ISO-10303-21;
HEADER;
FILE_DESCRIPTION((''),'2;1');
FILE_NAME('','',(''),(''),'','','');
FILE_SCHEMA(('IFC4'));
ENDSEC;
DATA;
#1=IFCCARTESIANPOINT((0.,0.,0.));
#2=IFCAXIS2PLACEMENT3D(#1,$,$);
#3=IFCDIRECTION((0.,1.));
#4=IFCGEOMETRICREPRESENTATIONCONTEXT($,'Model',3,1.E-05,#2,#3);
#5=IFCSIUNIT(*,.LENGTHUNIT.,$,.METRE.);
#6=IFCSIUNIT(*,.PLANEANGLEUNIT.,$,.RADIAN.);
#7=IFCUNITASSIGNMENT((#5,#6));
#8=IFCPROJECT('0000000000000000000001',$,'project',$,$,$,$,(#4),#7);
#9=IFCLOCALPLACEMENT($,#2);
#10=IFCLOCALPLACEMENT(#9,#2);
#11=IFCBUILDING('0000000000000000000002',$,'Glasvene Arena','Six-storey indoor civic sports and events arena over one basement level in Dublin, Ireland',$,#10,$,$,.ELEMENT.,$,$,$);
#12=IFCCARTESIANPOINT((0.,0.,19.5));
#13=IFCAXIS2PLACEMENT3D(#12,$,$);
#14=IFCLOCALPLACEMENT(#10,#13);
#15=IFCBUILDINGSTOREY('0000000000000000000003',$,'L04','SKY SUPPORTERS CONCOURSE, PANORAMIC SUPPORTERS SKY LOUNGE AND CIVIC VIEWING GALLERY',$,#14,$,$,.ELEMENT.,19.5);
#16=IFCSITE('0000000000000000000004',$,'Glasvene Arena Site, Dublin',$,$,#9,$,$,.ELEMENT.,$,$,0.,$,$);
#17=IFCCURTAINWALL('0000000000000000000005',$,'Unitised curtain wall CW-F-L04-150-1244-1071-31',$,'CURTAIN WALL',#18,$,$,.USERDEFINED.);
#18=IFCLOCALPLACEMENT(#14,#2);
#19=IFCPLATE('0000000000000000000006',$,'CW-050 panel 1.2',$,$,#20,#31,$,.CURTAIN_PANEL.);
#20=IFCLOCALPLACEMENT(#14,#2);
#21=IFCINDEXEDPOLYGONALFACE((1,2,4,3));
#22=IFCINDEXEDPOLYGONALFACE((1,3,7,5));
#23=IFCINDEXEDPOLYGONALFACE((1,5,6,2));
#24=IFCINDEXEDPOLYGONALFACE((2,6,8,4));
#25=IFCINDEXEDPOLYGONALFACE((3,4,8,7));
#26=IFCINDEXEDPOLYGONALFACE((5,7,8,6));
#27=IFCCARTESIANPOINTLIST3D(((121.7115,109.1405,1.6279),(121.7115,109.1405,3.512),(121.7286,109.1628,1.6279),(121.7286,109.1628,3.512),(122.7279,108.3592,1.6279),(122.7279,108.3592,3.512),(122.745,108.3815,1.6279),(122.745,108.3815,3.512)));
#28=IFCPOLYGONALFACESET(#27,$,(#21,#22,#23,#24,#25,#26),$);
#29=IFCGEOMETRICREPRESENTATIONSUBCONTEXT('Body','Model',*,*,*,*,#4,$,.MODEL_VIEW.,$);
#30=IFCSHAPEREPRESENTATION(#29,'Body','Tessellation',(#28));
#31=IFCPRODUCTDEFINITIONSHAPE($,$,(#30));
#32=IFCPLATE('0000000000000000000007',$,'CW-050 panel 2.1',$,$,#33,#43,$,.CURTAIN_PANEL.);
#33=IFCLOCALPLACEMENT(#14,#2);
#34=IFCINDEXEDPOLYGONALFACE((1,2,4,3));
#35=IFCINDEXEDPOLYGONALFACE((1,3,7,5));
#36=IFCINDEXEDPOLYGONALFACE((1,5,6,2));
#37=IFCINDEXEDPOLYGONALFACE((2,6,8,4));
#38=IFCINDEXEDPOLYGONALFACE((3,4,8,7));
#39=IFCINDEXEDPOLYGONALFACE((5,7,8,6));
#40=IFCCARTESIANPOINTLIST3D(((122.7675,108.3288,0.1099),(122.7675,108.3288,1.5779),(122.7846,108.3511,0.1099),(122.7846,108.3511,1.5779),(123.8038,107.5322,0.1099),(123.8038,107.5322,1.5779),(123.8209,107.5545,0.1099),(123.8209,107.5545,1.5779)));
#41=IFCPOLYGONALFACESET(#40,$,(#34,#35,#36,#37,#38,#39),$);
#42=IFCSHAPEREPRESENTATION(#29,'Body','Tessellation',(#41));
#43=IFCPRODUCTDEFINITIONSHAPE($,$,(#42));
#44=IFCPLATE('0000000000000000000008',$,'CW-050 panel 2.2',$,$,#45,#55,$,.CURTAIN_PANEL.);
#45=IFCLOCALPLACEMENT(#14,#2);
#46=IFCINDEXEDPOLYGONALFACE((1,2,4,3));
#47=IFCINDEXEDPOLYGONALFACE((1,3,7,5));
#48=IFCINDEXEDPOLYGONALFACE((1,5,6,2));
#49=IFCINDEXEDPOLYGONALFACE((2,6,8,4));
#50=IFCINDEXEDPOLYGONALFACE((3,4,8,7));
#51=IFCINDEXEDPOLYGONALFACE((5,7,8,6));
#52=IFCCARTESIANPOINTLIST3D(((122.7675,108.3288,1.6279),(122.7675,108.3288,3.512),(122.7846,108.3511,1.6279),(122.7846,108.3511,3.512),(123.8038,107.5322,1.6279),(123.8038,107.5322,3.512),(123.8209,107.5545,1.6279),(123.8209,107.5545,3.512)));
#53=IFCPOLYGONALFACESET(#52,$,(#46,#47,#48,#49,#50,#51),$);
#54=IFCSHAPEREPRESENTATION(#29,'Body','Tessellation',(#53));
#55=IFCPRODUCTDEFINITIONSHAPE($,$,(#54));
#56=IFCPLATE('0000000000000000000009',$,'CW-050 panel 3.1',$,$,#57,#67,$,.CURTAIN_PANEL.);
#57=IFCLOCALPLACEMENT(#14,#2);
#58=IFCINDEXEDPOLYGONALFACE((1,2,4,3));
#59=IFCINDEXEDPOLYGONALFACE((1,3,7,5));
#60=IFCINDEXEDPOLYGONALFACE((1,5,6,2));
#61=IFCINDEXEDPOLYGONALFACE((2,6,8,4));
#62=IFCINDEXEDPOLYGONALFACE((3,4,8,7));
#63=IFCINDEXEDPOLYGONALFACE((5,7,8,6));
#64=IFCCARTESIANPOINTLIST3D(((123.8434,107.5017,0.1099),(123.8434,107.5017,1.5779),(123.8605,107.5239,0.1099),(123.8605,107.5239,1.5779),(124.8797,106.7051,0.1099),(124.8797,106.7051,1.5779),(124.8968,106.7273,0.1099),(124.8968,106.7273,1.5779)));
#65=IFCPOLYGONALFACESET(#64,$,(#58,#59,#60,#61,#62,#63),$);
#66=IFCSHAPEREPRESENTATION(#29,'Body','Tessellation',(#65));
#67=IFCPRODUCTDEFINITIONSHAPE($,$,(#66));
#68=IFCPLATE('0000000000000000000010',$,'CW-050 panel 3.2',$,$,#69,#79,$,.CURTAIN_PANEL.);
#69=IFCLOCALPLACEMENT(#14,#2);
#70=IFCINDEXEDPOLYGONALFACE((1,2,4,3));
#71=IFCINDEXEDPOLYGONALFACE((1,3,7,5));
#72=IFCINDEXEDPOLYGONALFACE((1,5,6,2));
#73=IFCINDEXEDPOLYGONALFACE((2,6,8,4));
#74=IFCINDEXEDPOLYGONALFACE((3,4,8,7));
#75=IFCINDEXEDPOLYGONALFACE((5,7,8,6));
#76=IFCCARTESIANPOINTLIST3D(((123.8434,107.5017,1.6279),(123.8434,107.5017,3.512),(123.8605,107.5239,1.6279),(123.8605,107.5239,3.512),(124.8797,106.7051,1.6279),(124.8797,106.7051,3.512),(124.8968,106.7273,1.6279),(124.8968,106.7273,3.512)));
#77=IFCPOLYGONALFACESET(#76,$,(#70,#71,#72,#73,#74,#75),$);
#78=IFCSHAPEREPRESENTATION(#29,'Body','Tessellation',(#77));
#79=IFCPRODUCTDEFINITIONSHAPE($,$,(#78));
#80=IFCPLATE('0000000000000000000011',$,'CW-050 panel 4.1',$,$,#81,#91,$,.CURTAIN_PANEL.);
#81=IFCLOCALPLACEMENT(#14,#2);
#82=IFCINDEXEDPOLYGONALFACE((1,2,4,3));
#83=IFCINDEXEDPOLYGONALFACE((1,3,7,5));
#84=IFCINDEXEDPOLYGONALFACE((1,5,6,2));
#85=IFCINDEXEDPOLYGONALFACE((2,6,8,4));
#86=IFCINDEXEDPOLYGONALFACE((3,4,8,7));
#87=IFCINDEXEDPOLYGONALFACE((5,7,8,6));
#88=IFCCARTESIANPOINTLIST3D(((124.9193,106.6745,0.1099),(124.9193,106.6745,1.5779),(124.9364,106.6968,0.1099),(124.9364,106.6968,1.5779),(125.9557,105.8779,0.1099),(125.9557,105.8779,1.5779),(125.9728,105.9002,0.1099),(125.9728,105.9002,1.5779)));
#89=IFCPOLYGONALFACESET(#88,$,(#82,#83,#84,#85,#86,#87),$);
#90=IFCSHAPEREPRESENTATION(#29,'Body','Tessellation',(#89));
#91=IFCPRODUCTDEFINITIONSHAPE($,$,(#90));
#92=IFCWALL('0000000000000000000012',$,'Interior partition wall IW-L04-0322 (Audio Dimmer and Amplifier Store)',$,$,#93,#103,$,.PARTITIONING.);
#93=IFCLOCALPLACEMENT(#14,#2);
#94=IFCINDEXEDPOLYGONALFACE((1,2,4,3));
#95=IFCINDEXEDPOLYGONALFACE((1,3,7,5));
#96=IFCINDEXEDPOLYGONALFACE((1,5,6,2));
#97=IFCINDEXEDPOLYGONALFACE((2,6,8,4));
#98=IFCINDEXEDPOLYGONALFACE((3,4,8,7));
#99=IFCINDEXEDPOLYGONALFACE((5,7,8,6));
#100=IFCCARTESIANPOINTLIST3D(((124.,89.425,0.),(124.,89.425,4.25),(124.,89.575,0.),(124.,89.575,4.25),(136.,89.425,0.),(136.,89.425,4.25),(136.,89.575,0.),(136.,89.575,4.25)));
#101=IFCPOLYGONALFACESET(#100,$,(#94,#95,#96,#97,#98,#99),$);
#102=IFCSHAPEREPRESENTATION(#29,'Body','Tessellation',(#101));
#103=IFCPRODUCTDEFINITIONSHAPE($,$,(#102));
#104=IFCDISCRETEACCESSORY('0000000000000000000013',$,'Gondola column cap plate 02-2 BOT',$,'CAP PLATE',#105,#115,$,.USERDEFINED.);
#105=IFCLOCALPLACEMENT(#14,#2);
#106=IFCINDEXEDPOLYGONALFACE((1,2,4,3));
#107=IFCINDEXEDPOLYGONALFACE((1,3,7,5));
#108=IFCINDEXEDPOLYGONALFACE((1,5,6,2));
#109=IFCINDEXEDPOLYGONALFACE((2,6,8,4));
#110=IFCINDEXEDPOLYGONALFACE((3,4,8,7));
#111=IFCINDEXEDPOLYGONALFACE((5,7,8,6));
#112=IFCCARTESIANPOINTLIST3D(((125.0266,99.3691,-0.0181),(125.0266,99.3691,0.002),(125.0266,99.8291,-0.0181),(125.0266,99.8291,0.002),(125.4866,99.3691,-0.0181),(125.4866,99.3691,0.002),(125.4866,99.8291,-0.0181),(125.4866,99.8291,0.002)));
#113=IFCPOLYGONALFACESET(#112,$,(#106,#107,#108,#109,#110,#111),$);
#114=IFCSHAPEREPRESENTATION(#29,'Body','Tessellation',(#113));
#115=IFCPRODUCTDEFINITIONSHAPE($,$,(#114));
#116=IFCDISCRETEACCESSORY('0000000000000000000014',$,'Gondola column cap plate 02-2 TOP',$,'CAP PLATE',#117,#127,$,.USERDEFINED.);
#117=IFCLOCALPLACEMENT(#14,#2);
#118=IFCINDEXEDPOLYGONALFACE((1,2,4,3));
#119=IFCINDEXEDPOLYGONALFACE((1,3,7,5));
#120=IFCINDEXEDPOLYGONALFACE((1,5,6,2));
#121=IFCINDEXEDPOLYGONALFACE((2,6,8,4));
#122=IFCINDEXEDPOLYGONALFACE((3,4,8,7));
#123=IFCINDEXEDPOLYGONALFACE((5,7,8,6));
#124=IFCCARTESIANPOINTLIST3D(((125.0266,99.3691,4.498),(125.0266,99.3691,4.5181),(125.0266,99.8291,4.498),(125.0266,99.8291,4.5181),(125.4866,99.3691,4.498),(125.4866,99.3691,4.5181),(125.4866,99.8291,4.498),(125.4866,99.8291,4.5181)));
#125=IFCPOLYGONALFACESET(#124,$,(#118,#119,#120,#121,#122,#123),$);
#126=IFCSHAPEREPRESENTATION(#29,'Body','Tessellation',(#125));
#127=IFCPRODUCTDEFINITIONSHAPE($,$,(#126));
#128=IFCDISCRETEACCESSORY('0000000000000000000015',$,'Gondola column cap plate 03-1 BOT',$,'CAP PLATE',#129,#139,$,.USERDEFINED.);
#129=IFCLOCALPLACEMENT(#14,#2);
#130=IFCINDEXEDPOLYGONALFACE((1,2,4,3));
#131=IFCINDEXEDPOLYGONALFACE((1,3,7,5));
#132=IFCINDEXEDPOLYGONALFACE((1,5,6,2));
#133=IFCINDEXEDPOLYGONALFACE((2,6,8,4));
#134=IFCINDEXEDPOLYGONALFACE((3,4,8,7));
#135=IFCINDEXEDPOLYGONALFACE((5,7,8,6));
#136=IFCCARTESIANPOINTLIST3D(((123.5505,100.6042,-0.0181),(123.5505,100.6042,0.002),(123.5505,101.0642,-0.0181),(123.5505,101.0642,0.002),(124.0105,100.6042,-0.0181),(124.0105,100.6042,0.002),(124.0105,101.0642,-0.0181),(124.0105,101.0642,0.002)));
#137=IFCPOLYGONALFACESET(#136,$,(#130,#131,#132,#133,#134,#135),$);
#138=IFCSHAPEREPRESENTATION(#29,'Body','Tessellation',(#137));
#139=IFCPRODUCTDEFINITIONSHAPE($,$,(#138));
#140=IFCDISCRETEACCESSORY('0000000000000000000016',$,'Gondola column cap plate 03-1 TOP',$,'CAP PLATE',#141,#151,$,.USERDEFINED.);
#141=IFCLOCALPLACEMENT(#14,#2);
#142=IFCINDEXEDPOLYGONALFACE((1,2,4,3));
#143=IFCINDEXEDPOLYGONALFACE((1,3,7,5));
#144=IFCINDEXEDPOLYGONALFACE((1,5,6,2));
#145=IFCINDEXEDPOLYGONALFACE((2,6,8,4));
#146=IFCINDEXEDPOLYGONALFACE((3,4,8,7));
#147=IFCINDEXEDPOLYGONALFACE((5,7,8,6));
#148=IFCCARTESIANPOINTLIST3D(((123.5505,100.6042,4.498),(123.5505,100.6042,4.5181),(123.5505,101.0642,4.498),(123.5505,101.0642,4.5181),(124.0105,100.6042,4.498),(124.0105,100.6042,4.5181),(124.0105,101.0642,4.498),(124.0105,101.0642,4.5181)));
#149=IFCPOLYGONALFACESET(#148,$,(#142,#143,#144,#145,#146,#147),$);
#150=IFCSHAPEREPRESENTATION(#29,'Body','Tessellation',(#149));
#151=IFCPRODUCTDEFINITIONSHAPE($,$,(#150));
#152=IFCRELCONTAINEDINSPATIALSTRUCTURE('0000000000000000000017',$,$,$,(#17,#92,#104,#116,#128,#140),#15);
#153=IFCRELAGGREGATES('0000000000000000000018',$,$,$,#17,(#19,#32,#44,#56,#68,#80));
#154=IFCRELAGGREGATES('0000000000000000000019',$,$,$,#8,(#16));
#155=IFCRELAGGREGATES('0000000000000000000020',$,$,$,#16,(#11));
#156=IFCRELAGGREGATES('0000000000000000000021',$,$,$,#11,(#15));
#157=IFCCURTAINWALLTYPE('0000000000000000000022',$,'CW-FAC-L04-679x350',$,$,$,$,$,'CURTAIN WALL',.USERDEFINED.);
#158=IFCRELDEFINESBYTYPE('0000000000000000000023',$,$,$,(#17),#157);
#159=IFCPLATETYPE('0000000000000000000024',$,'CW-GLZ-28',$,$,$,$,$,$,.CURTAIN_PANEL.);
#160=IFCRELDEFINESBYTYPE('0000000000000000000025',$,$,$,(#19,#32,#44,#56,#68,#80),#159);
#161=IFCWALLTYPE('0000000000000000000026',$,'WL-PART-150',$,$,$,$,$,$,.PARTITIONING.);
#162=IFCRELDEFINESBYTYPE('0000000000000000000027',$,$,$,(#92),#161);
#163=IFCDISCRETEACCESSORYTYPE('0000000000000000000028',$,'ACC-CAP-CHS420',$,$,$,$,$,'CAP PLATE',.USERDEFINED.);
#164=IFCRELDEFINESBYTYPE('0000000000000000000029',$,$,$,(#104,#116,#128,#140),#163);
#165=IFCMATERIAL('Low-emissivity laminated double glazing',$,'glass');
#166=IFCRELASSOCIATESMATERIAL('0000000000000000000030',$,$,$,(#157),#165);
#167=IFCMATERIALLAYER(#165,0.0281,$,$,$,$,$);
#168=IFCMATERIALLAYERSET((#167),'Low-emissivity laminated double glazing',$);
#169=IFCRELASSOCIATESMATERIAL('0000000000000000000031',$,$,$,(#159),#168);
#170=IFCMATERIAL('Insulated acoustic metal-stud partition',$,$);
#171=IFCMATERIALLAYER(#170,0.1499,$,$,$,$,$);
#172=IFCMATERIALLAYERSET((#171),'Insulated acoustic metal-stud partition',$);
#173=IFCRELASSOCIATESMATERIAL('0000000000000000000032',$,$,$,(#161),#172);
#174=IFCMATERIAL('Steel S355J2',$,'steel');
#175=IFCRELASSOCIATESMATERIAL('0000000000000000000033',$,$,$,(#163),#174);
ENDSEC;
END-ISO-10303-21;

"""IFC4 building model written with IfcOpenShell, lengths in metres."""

from ifc_helpers import new_model, si_unit, direction, frame, frame_2d, origin, origin_2d, place, context, subcontext, project, spatial, rectangle, extrude, material, layer, layer_set, type_object, element, aggregate, save


model = new_model("IFC4")

# Units and contexts
model_context = context("Model", 3, precision=1e-05, world=origin(), true_north=direction((0.0, 1.0)))
body_context = subcontext(model_context, "Body", "Model", "MODEL_VIEW")
ifc_project = project(units=[si_unit("LENGTHUNIT", "METRE"), si_unit("PLANEANGLEUNIT", "RADIAN")], contexts=[model_context])

# Site, building, storey
site_placement = place(None, origin())
site = spatial("IfcSite", under=ifc_project, at=site_placement, Name="Glasvene Arena Site, Dublin", CompositionType="ELEMENT", RefElevation=0.0)
building_placement = place(site_placement, origin())
building = spatial("IfcBuilding", under=site, at=building_placement, Name="Glasvene Arena", Description="Six-storey indoor civic sports and events arena over one basement level in Dublin, Ireland", CompositionType="ELEMENT")
storey_placement = place(building_placement, frame((0.0, 0.0, 19.5)))
storey = spatial("IfcBuildingStorey", under=building, at=storey_placement, Name="L04", Description="SKY SUPPORTERS CONCOURSE, PANORAMIC SUPPORTERS SKY LOUNGE AND CIVIC VIEWING GALLERY", CompositionType="ELEMENT", Elevation=19.5)

# Shared definitions
ifc_material_1 = material(Name="Steel S355J2", Category="steel")

# Curtain wall
ifc_material_2 = material(Name="Low-emissivity laminated double glazing", Category="glass")
curtain_wall_type = type_object("IfcCurtainWallType", Name="CW-FAC-L04-679x350", ElementType="CURTAIN WALL", PredefinedType="USERDEFINED", material=ifc_material_2)
curtain_wall_placement = place(storey_placement, frame((121.6804, 109.1821, 0.0)))
curtain_wall = element("IfcCurtainWall", 1, at=curtain_wall_placement, inside=storey, type_object=curtain_wall_type, Name="Unitised curtain wall CW-F-L04-150-1244-1071-31", ObjectType="CURTAIN WALL", PredefinedType="USERDEFINED")

# Plates
ifc_layer_1 = layer(ifc_material_2, 0.0281)
ifc_layer_set_1 = layer_set([ifc_layer_1], Name="Low-emissivity laminated double glazing")
plate_type = type_object("IfcPlateType", Name="CW-GLZ-28", PredefinedType="CURTAIN_PANEL", material=ifc_layer_set_1)
plate_1_placement = place(storey_placement, frame((122.2283, 108.761, 1.6279), z_axis=(0.0, 0.0, 1.0), x_axis=(0.79284, -0.60943, 0.0)))
plate_1 = element("IfcPlate", 2, at=plate_1_placement, type_object=plate_type, Name="CW-050 panel 1.2", PredefinedType="CURTAIN_PANEL", context=body_context, shape_type="SweptSolid", body=[
    extrude(rectangle(XDim=1.282, YDim=0.0281, at=origin_2d()), origin(), (0.0, 0.0, 1.0), 1.884),
])
plate_2_placement = place(storey_placement, frame((123.2942, 107.9417, 0.1099), z_axis=(0.0, 0.0, 1.0), x_axis=(0.79284, -0.60943, 0.0)))
plate_2 = element("IfcPlate", 3, at=plate_2_placement, type_object=plate_type, Name="CW-050 panel 2.1", PredefinedType="CURTAIN_PANEL", context=body_context, shape_type="SweptSolid", body=[
    extrude(rectangle(XDim=1.3071, YDim=0.0281, at=origin_2d()), origin(), (0.0, 0.0, 1.0), 1.468),
])
plate_3_placement = place(storey_placement, frame((123.2942, 107.9417, 1.6279), z_axis=(0.0, 0.0, 1.0), x_axis=(0.79284, -0.60943, 0.0)))
plate_3 = element("IfcPlate", 4, at=plate_3_placement, type_object=plate_type, Name="CW-050 panel 2.2", PredefinedType="CURTAIN_PANEL", context=body_context, shape_type="SweptSolid", body=[
    extrude(rectangle(XDim=1.3071, YDim=0.0281, at=origin_2d()), origin(), (0.0, 0.0, 1.0), 1.884),
])
plate_4_placement = place(storey_placement, frame((124.3701, 107.1145, 0.1099), z_axis=(0.0, 0.0, 1.0), x_axis=(0.79284, -0.60943, 0.0)))
plate_4 = element("IfcPlate", 5, at=plate_4_placement, type_object=plate_type, Name="CW-050 panel 3.1", PredefinedType="CURTAIN_PANEL", context=body_context, shape_type="SweptSolid", body=[
    extrude(rectangle(XDim=1.3071, YDim=0.0281, at=origin_2d()), origin(), (0.0, 0.0, 1.0), 1.468),
])
plate_5_placement = place(storey_placement, frame((124.3701, 107.1145, 1.6279), z_axis=(0.0, 0.0, 1.0), x_axis=(0.79284, -0.60943, 0.0)))
plate_5 = element("IfcPlate", 6, at=plate_5_placement, type_object=plate_type, Name="CW-050 panel 3.2", PredefinedType="CURTAIN_PANEL", context=body_context, shape_type="SweptSolid", body=[
    extrude(rectangle(XDim=1.3071, YDim=0.0281, at=origin_2d()), origin(), (0.0, 0.0, 1.0), 1.884),
])
plate_6_placement = place(storey_placement, frame((125.446, 106.2874, 0.1099), z_axis=(0.0, 0.0, 1.0), x_axis=(0.79284, -0.60943, 0.0)))
plate_6 = element("IfcPlate", 7, at=plate_6_placement, type_object=plate_type, Name="CW-050 panel 4.1", PredefinedType="CURTAIN_PANEL", context=body_context, shape_type="SweptSolid", body=[
    extrude(rectangle(XDim=1.3071, YDim=0.0281, at=origin_2d()), origin(), (0.0, 0.0, 1.0), 1.468),
])
aggregate(curtain_wall, [plate_1, plate_2, plate_3, plate_4, plate_5, plate_6])

# Wall
ifc_material_3 = material(Name="Insulated acoustic metal-stud partition")
ifc_layer_2 = layer(ifc_material_3, 0.1499)
ifc_layer_set_2 = layer_set([ifc_layer_2], Name="Insulated acoustic metal-stud partition")
wall_type = type_object("IfcWallType", Name="WL-PART-150", PredefinedType="PARTITIONING", material=ifc_layer_set_2)
wall_placement = place(storey_placement, frame((124.0, 89.5, 0.0), z_axis=(0.0, 0.0, 1.0), x_axis=(1.0, 0.0, 0.0)))
element("IfcWall", 8, at=wall_placement, inside=storey, type_object=wall_type, Name="Interior partition wall IW-L04-0322 (Audio Dimmer and Amplifier Store)", PredefinedType="PARTITIONING", context=body_context, shape_type="SweptSolid", body=[
    extrude(rectangle(XDim=12.0, YDim=0.1499, at=frame_2d((6.0, 0.0))), origin(), (0.0, 0.0, 1.0), 4.25),
])

# Discrete accessories
discrete_accessory_type = type_object("IfcDiscreteAccessoryType", Name="ACC-CAP-CHS420", ElementType="CAP PLATE", PredefinedType="USERDEFINED", material=ifc_material_1)
for number, where, z_axis, x_axis, name in (
    (9, (125.2566, 99.5991, -0.0181), (0.0, 0.0, 1.0), (1.0, 0.0, 0.0), "Gondola column cap plate 02-2 BOT"),
    (10, (125.2566, 99.5991, 4.498), (0.0, 0.0, 1.0), (1.0, 0.0, 0.0), "Gondola column cap plate 02-2 TOP"),
    (11, (123.7805, 100.8342, -0.0181), (0.0, 0.0, 1.0), (1.0, 0.0, 0.0), "Gondola column cap plate 03-1 BOT"),
    (12, (123.7805, 100.8342, 4.498), (0.0, 0.0, 1.0), (1.0, 0.0, 0.0), "Gondola column cap plate 03-1 TOP"),
):
    element("IfcDiscreteAccessory", number, at=place(storey_placement, frame(where, z_axis=z_axis, x_axis=x_axis)), inside=storey, type_object=discrete_accessory_type, Name=name, ObjectType="CAP PLATE", PredefinedType="USERDEFINED", context=body_context, shape_type="SweptSolid", body=[
        extrude(rectangle(XDim=0.46, YDim=0.46, at=origin_2d()), origin(), (0.0, 0.0, 1.0), 0.02),
    ])

save(model, "model.ifc")
